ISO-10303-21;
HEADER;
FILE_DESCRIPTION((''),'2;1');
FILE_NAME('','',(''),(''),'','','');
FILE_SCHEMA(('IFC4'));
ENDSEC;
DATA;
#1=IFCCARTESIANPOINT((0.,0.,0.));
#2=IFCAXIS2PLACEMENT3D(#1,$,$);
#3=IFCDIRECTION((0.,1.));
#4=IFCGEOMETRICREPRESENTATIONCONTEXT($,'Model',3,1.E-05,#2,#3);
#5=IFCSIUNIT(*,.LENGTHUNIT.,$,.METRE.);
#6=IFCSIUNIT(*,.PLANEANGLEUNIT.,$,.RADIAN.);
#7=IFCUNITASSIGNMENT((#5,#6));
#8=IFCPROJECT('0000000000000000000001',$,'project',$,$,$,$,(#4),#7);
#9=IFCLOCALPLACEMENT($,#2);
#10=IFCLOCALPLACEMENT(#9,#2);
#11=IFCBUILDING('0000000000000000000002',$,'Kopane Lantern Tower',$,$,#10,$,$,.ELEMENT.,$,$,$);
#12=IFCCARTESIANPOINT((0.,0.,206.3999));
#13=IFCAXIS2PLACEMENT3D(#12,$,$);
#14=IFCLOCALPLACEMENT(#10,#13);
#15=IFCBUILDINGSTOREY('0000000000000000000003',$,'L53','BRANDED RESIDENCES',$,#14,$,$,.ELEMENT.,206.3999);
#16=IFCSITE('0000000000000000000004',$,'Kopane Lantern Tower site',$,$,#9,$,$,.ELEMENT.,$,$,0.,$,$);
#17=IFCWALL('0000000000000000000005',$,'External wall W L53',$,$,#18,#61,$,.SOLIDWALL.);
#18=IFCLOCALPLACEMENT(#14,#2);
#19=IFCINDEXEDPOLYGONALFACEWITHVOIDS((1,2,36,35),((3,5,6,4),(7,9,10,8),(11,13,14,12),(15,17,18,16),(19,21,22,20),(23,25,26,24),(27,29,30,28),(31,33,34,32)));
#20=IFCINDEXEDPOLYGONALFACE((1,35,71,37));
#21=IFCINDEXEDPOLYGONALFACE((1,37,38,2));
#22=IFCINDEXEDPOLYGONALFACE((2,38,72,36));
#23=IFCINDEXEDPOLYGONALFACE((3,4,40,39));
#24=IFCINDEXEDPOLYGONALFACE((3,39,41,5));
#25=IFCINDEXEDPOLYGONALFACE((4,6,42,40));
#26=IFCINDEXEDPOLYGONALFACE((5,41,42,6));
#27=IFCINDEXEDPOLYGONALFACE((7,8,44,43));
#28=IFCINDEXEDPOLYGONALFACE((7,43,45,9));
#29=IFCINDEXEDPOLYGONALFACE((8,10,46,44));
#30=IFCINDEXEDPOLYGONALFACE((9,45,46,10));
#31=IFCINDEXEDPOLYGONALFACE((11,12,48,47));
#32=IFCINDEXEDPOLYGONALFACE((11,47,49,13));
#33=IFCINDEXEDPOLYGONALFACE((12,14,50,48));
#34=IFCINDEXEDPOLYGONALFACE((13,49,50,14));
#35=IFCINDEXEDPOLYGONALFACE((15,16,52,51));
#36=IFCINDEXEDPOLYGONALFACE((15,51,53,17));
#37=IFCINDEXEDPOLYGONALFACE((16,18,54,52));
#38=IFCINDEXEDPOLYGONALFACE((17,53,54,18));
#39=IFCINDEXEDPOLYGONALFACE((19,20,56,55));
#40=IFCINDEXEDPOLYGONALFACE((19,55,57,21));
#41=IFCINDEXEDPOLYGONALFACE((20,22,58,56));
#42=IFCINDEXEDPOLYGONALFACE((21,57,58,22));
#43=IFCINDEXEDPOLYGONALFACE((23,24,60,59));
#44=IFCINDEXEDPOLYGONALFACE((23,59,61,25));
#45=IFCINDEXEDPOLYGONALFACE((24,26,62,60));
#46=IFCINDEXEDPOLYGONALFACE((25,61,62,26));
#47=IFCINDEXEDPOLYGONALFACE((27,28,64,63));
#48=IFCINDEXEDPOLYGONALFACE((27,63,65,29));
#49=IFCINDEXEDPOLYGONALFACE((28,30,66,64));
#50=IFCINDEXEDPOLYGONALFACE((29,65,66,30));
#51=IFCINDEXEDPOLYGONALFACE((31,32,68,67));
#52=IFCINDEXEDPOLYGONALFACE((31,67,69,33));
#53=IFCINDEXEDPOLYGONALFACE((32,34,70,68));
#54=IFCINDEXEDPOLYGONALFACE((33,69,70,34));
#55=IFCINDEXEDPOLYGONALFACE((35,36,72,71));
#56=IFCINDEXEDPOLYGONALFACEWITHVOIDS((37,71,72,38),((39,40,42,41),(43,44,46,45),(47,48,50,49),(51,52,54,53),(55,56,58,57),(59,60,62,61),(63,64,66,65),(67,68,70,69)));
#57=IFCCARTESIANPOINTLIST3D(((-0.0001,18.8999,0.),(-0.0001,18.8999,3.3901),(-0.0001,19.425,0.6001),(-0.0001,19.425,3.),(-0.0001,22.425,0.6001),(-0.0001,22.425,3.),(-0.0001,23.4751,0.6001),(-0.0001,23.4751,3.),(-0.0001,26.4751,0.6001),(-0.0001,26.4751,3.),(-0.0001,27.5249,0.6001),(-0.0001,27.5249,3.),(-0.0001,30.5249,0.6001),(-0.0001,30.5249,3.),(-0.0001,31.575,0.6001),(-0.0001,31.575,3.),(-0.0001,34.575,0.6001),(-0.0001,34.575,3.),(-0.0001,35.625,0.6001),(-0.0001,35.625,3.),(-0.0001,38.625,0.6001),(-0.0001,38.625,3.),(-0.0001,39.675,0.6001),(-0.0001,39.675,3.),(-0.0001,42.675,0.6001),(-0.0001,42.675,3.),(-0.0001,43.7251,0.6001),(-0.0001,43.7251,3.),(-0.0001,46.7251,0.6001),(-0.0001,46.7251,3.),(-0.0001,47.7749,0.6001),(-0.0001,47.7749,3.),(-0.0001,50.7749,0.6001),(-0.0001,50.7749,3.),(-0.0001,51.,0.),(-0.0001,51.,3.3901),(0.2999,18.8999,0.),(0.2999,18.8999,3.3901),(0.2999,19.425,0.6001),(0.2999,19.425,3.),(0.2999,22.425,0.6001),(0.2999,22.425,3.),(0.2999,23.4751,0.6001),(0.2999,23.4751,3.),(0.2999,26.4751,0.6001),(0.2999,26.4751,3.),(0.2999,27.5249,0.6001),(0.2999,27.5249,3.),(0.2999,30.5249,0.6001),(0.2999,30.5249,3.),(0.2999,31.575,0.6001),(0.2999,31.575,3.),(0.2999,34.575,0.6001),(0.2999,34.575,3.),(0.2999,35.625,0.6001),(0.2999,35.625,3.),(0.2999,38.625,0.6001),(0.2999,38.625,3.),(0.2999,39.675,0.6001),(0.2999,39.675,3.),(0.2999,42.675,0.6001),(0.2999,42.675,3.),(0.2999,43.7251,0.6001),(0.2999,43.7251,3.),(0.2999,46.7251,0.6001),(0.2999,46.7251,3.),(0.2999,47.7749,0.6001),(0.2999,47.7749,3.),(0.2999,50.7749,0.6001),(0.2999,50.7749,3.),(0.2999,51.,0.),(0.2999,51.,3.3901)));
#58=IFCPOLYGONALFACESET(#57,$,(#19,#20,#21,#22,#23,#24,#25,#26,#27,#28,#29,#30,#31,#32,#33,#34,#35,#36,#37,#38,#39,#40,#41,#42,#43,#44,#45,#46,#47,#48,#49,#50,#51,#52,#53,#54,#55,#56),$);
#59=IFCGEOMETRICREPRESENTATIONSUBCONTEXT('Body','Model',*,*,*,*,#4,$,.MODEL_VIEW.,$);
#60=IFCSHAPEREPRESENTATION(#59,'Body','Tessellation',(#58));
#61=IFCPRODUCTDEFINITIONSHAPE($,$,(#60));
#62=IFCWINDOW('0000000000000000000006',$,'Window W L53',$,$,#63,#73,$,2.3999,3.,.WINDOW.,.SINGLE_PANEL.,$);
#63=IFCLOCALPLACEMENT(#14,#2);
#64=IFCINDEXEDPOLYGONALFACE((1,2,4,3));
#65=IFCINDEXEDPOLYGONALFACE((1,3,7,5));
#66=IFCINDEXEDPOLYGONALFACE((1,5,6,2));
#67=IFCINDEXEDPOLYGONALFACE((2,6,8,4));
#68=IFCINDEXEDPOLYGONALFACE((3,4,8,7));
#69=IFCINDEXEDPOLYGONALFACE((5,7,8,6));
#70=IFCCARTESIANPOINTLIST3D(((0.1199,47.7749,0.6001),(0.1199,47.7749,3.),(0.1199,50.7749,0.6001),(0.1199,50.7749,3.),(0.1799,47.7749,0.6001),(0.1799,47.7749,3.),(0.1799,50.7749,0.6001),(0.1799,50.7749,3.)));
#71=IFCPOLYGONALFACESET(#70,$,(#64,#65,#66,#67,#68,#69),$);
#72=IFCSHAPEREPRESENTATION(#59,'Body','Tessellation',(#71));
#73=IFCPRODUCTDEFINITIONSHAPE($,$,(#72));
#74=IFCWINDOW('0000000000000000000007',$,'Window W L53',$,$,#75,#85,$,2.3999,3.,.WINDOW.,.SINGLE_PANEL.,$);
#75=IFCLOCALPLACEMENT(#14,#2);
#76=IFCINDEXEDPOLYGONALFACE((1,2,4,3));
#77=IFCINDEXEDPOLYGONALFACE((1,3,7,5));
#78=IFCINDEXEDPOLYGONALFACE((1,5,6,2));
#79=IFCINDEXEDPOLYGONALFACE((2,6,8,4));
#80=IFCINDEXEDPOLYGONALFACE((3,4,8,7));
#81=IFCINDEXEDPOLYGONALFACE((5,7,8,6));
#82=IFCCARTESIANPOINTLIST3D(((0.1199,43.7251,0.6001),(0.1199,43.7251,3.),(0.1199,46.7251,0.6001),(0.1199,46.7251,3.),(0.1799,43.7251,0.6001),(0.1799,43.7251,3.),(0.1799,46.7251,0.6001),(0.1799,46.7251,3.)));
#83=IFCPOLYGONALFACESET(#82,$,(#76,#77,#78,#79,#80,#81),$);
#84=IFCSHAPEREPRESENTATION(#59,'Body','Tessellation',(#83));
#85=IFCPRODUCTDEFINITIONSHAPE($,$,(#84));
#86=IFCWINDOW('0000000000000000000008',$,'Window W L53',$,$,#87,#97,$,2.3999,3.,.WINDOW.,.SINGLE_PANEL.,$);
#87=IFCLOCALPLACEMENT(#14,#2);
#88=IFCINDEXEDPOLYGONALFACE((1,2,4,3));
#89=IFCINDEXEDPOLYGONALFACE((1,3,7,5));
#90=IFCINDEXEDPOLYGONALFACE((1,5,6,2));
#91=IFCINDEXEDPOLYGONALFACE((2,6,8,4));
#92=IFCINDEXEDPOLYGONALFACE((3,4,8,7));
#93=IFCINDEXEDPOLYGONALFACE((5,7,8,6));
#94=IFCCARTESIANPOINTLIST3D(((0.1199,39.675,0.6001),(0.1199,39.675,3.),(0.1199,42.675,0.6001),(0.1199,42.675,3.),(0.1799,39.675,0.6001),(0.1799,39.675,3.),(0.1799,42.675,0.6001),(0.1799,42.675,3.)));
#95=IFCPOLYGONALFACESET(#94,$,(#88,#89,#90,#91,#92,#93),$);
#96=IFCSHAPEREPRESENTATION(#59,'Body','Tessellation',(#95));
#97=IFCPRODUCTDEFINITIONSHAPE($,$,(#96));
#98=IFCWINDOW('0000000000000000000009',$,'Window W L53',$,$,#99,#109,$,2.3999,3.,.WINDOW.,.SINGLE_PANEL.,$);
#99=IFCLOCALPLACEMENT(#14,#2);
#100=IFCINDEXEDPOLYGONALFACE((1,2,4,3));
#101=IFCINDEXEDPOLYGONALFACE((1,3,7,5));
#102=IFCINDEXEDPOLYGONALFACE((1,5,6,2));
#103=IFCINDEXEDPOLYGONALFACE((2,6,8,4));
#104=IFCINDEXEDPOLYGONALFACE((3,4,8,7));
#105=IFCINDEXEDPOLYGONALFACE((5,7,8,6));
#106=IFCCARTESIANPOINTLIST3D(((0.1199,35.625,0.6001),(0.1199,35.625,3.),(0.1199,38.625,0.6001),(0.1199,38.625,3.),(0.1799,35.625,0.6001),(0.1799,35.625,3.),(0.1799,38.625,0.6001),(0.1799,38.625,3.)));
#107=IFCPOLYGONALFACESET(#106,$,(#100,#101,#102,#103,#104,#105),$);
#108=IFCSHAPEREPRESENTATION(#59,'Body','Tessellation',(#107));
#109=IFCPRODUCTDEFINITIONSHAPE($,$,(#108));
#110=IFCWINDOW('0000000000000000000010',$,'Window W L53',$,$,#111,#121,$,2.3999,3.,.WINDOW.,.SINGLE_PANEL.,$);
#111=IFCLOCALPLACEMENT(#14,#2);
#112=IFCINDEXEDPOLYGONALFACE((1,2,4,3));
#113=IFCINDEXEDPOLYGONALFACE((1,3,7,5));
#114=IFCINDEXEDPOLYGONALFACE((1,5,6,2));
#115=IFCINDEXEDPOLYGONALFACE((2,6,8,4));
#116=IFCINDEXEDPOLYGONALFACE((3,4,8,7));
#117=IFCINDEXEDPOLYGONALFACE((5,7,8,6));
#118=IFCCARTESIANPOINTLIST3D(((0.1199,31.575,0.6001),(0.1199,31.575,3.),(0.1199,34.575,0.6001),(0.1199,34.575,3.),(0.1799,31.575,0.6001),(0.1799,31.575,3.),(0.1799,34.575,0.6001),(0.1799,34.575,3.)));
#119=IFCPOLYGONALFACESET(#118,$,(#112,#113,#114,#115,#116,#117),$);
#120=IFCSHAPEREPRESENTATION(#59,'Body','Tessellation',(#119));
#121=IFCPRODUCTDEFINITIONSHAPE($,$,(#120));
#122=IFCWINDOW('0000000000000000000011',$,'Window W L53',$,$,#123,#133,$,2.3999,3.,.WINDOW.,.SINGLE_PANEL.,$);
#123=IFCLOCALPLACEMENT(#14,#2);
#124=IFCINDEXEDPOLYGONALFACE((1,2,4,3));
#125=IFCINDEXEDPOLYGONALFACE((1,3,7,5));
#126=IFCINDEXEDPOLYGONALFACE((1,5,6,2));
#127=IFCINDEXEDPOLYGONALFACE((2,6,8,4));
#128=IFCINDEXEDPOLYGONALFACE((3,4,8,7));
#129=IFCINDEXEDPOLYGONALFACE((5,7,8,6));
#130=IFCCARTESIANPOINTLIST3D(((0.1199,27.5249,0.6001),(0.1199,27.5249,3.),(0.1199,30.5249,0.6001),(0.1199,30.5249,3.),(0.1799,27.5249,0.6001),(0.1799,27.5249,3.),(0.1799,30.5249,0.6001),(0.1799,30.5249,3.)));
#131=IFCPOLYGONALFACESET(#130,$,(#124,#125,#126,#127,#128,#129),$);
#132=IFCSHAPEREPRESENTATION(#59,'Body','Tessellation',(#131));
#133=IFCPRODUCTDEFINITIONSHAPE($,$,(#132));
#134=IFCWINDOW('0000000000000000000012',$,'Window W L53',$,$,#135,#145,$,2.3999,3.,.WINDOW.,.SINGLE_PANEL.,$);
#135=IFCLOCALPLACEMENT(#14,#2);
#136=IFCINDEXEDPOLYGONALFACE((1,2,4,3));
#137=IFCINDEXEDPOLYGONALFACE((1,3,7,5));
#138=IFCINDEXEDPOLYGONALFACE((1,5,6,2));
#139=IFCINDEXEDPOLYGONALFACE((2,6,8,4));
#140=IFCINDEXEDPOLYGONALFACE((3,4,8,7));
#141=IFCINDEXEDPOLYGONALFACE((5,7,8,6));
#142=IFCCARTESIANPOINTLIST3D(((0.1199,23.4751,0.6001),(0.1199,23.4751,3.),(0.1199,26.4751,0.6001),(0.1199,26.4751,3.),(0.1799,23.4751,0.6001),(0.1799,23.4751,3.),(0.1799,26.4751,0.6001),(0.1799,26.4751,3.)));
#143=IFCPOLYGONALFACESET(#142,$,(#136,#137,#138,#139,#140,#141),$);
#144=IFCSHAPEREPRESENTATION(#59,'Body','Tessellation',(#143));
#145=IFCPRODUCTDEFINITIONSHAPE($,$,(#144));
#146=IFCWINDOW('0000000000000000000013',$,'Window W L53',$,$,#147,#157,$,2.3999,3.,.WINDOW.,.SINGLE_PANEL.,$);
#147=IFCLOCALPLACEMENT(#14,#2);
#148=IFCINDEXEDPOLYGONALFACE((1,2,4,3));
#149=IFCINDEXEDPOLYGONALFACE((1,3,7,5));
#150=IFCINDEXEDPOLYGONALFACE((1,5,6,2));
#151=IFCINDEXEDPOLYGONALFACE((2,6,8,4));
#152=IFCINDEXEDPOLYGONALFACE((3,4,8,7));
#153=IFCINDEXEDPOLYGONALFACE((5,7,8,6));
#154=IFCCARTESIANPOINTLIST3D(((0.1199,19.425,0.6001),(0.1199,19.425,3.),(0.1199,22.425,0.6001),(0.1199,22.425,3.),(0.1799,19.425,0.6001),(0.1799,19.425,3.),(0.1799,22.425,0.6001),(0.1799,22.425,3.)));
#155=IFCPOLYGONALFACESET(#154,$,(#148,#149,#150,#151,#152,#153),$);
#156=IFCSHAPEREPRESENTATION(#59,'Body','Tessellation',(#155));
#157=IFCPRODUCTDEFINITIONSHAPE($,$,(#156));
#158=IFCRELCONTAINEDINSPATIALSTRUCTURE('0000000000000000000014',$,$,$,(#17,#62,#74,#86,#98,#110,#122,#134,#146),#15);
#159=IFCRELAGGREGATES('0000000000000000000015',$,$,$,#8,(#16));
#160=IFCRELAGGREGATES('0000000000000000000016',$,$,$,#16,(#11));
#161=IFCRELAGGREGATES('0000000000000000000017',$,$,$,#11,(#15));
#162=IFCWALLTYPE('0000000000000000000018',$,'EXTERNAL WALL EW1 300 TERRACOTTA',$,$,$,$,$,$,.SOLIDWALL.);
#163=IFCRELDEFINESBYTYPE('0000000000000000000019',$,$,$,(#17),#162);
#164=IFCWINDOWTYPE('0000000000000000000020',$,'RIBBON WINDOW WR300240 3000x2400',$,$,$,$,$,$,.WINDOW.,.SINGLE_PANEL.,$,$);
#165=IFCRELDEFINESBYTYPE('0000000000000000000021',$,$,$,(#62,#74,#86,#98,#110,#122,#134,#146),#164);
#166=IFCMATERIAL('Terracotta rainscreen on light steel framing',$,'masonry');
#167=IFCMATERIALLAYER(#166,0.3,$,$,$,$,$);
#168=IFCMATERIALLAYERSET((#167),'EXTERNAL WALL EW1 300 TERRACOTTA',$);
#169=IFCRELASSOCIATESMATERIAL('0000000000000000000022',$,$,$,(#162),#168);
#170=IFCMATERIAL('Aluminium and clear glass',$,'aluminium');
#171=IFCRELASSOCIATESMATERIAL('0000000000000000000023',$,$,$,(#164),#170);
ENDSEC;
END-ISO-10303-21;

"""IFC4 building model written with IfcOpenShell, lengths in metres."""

from ifc_helpers import new_model, si_unit, direction, frame, frame_2d, origin, place, context, subcontext, project, spatial, rectangle, extrude, material, layer, layer_set, type_object, element, fill, save


model = new_model("IFC4")

# Units and contexts
model_context = context("Model", 3, precision=1e-05, world=origin(), true_north=direction((0.0, 1.0)))
body_context = subcontext(model_context, "Body", "Model", "MODEL_VIEW")
ifc_project = project(units=[si_unit("LENGTHUNIT", "METRE"), si_unit("PLANEANGLEUNIT", "RADIAN")], contexts=[model_context])

# Site, building, storey
site_placement = place(None, origin())
site = spatial("IfcSite", under=ifc_project, at=site_placement, Name="Kopane Lantern Tower site", CompositionType="ELEMENT", RefElevation=0.0)
building_placement = place(site_placement, origin())
building = spatial("IfcBuilding", under=site, at=building_placement, Name="Kopane Lantern Tower", CompositionType="ELEMENT")
storey_placement = place(building_placement, frame((0.0, 0.0, 206.3999)))
storey = spatial("IfcBuildingStorey", under=building, at=storey_placement, Name="L53", Description="BRANDED RESIDENCES", CompositionType="ELEMENT", Elevation=206.3999)

# Wall, openings, windows
ifc_material_1 = material(Name="Terracotta rainscreen on light steel framing", Category="masonry")
ifc_layer_1 = layer(ifc_material_1, 0.3)
ifc_layer_set_1 = layer_set([ifc_layer_1], Name="EXTERNAL WALL EW1 300 TERRACOTTA")
wall_type_1 = type_object("IfcWallType", Name="EXTERNAL WALL EW1 300 TERRACOTTA", PredefinedType="SOLIDWALL", material=ifc_layer_set_1)
wall_1_placement = place(storey_placement, frame((0.1499, 51.0, 0.0), z_axis=(0.0, 0.0, 1.0), x_axis=(0.0, -1.0, 0.0)))
wall_1 = element("IfcWall", 1, at=wall_1_placement, inside=storey, type_object=wall_type_1, Name="External wall W L53", PredefinedType="SOLIDWALL", context=body_context, shape_type="SweptSolid", body=[
    extrude(rectangle(XDim=32.1001, YDim=0.3, at=frame_2d((16.05, 0.0))), origin(), (0.0, 0.0, 1.0), 3.3901),
])
opening_1_placement = place(wall_1_placement, frame((0.2251, 0.0, 0.6001)))
opening_1 = element("IfcOpeningElement", 2, at=opening_1_placement, cuts=wall_1, PredefinedType="OPENING", context=body_context, shape_type="SweptSolid", body=[
    extrude(rectangle(XDim=3.0, YDim=2.3999, at=frame_2d((1.5, 1.2))), frame((0.0, 0.1599, 0.0), z_axis=(0.0, -1.0, 0.0), x_axis=(1.0, 0.0, 0.0)), (0.0, 0.0, 1.0), 0.3201),
])
opening_2_placement = place(wall_1_placement, frame((4.2749, 0.0, 0.6001)))
opening_2 = element("IfcOpeningElement", 3, at=opening_2_placement, cuts=wall_1, PredefinedType="OPENING", context=body_context, shape_type="SweptSolid", body=[
    extrude(rectangle(XDim=3.0, YDim=2.3999, at=frame_2d((1.5, 1.2))), frame((0.0, 0.1599, 0.0), z_axis=(0.0, -1.0, 0.0), x_axis=(1.0, 0.0, 0.0)), (0.0, 0.0, 1.0), 0.3201),
])
opening_3_placement = place(wall_1_placement, frame((8.325, 0.0, 0.6001)))
opening_3 = element("IfcOpeningElement", 4, at=opening_3_placement, cuts=wall_1, PredefinedType="OPENING", context=body_context, shape_type="SweptSolid", body=[
    extrude(rectangle(XDim=3.0, YDim=2.3999, at=frame_2d((1.5, 1.2))), frame((0.0, 0.1599, 0.0), z_axis=(0.0, -1.0, 0.0), x_axis=(1.0, 0.0, 0.0)), (0.0, 0.0, 1.0), 0.3201),
])
opening_4_placement = place(wall_1_placement, frame((12.375, 0.0, 0.6001)))
opening_4 = element("IfcOpeningElement", 5, at=opening_4_placement, cuts=wall_1, PredefinedType="OPENING", context=body_context, shape_type="SweptSolid", body=[
    extrude(rectangle(XDim=3.0, YDim=2.3999, at=frame_2d((1.5, 1.2))), frame((0.0, 0.1599, 0.0), z_axis=(0.0, -1.0, 0.0), x_axis=(1.0, 0.0, 0.0)), (0.0, 0.0, 1.0), 0.3201),
])
opening_5_placement = place(wall_1_placement, frame((16.425, 0.0, 0.6001)))
opening_5 = element("IfcOpeningElement", 6, at=opening_5_placement, cuts=wall_1, PredefinedType="OPENING", context=body_context, shape_type="SweptSolid", body=[
    extrude(rectangle(XDim=3.0, YDim=2.3999, at=frame_2d((1.5, 1.2))), frame((0.0, 0.1599, 0.0), z_axis=(0.0, -1.0, 0.0), x_axis=(1.0, 0.0, 0.0)), (0.0, 0.0, 1.0), 0.3201),
])
opening_6_placement = place(wall_1_placement, frame((20.4751, 0.0, 0.6001)))
opening_6 = element("IfcOpeningElement", 7, at=opening_6_placement, cuts=wall_1, PredefinedType="OPENING", context=body_context, shape_type="SweptSolid", body=[
    extrude(rectangle(XDim=3.0, YDim=2.3999, at=frame_2d((1.5, 1.2))), frame((0.0, 0.1599, 0.0), z_axis=(0.0, -1.0, 0.0), x_axis=(1.0, 0.0, 0.0)), (0.0, 0.0, 1.0), 0.3201),
])
opening_7_placement = place(wall_1_placement, frame((24.5249, 0.0, 0.6001)))
opening_7 = element("IfcOpeningElement", 8, at=opening_7_placement, cuts=wall_1, PredefinedType="OPENING", context=body_context, shape_type="SweptSolid", body=[
    extrude(rectangle(XDim=3.0, YDim=2.3999, at=frame_2d((1.5, 1.2))), frame((0.0, 0.1599, 0.0), z_axis=(0.0, -1.0, 0.0), x_axis=(1.0, 0.0, 0.0)), (0.0, 0.0, 1.0), 0.3201),
])
opening_8_placement = place(wall_1_placement, frame((28.575, 0.0, 0.6001)))
opening_8 = element("IfcOpeningElement", 9, at=opening_8_placement, cuts=wall_1, PredefinedType="OPENING", context=body_context, shape_type="SweptSolid", body=[
    extrude(rectangle(XDim=3.0, YDim=2.3999, at=frame_2d((1.5, 1.2))), frame((0.0, 0.1599, 0.0), z_axis=(0.0, -1.0, 0.0), x_axis=(1.0, 0.0, 0.0)), (0.0, 0.0, 1.0), 0.3201),
])
ifc_material_2 = material(Name="Aluminium and clear glass", Category="aluminium")
window_type = type_object("IfcWindowType", Name="RIBBON WINDOW WR300240 3000x2400", PartitioningType="SINGLE_PANEL", PredefinedType="WINDOW", material=ifc_material_2)
window_1_placement = place(opening_1_placement, origin())
window_1 = element("IfcWindow", 10, at=window_1_placement, inside=storey, type_object=window_type, Name="Window W L53", OverallHeight=2.3999, OverallWidth=3.0, PartitioningType="SINGLE_PANEL", PredefinedType="WINDOW", context=body_context, shape_type="SweptSolid", body=[
    extrude(rectangle(XDim=3.0, YDim=2.3999, at=frame_2d((1.5, 1.2))), frame((0.0, 0.03, 0.0), z_axis=(0.0, -1.0, 0.0), x_axis=(1.0, 0.0, 0.0)), (0.0, 0.0, 1.0), 0.0601),
])
fill(opening_1, window_1)
window_2_placement = place(opening_2_placement, origin())
window_2 = element("IfcWindow", 11, at=window_2_placement, inside=storey, type_object=window_type, Name="Window W L53", OverallHeight=2.3999, OverallWidth=3.0, PartitioningType="SINGLE_PANEL", PredefinedType="WINDOW", context=body_context, shape_type="SweptSolid", body=[
    extrude(rectangle(XDim=3.0, YDim=2.3999, at=frame_2d((1.5, 1.2))), frame((0.0, 0.03, 0.0), z_axis=(0.0, -1.0, 0.0), x_axis=(1.0, 0.0, 0.0)), (0.0, 0.0, 1.0), 0.0601),
])
fill(opening_2, window_2)
window_3_placement = place(opening_3_placement, origin())
window_3 = element("IfcWindow", 12, at=window_3_placement, inside=storey, type_object=window_type, Name="Window W L53", OverallHeight=2.3999, OverallWidth=3.0, PartitioningType="SINGLE_PANEL", PredefinedType="WINDOW", context=body_context, shape_type="SweptSolid", body=[
    extrude(rectangle(XDim=3.0, YDim=2.3999, at=frame_2d((1.5, 1.2))), frame((0.0, 0.03, 0.0), z_axis=(0.0, -1.0, 0.0), x_axis=(1.0, 0.0, 0.0)), (0.0, 0.0, 1.0), 0.0601),
])
fill(opening_3, window_3)
window_4_placement = place(opening_4_placement, origin())
window_4 = element("IfcWindow", 13, at=window_4_placement, inside=storey, type_object=window_type, Name="Window W L53", OverallHeight=2.3999, OverallWidth=3.0, PartitioningType="SINGLE_PANEL", PredefinedType="WINDOW", context=body_context, shape_type="SweptSolid", body=[
    extrude(rectangle(XDim=3.0, YDim=2.3999, at=frame_2d((1.5, 1.2))), frame((0.0, 0.03, 0.0), z_axis=(0.0, -1.0, 0.0), x_axis=(1.0, 0.0, 0.0)), (0.0, 0.0, 1.0), 0.0601),
])
fill(opening_4, window_4)
window_5_placement = place(opening_5_placement, origin())
window_5 = element("IfcWindow", 14, at=window_5_placement, inside=storey, type_object=window_type, Name="Window W L53", OverallHeight=2.3999, OverallWidth=3.0, PartitioningType="SINGLE_PANEL", PredefinedType="WINDOW", context=body_context, shape_type="SweptSolid", body=[
    extrude(rectangle(XDim=3.0, YDim=2.3999, at=frame_2d((1.5, 1.2))), frame((0.0, 0.03, 0.0), z_axis=(0.0, -1.0, 0.0), x_axis=(1.0, 0.0, 0.0)), (0.0, 0.0, 1.0), 0.0601),
])
fill(opening_5, window_5)
window_6_placement = place(opening_6_placement, origin())
window_6 = element("IfcWindow", 15, at=window_6_placement, inside=storey, type_object=window_type, Name="Window W L53", OverallHeight=2.3999, OverallWidth=3.0, PartitioningType="SINGLE_PANEL", PredefinedType="WINDOW", context=body_context, shape_type="SweptSolid", body=[
    extrude(rectangle(XDim=3.0, YDim=2.3999, at=frame_2d((1.5, 1.2))), frame((0.0, 0.03, 0.0), z_axis=(0.0, -1.0, 0.0), x_axis=(1.0, 0.0, 0.0)), (0.0, 0.0, 1.0), 0.0601),
])
fill(opening_6, window_6)
window_7_placement = place(opening_7_placement, origin())
window_7 = element("IfcWindow", 16, at=window_7_placement, inside=storey, type_object=window_type, Name="Window W L53", OverallHeight=2.3999, OverallWidth=3.0, PartitioningType="SINGLE_PANEL", PredefinedType="WINDOW", context=body_context, shape_type="SweptSolid", body=[
    extrude(rectangle(XDim=3.0, YDim=2.3999, at=frame_2d((1.5, 1.2))), frame((0.0, 0.03, 0.0), z_axis=(0.0, -1.0, 0.0), x_axis=(1.0, 0.0, 0.0)), (0.0, 0.0, 1.0), 0.0601),
])
fill(opening_7, window_7)
window_8_placement = place(opening_8_placement, origin())
window_8 = element("IfcWindow", 17, at=window_8_placement, inside=storey, type_object=window_type, Name="Window W L53", OverallHeight=2.3999, OverallWidth=3.0, PartitioningType="SINGLE_PANEL", PredefinedType="WINDOW", context=body_context, shape_type="SweptSolid", body=[
    extrude(rectangle(XDim=3.0, YDim=2.3999, at=frame_2d((1.5, 1.2))), frame((0.0, 0.03, 0.0), z_axis=(0.0, -1.0, 0.0), x_axis=(1.0, 0.0, 0.0)), (0.0, 0.0, 1.0), 0.0601),
])
fill(opening_8, window_8)

save(model, "model.ifc")
